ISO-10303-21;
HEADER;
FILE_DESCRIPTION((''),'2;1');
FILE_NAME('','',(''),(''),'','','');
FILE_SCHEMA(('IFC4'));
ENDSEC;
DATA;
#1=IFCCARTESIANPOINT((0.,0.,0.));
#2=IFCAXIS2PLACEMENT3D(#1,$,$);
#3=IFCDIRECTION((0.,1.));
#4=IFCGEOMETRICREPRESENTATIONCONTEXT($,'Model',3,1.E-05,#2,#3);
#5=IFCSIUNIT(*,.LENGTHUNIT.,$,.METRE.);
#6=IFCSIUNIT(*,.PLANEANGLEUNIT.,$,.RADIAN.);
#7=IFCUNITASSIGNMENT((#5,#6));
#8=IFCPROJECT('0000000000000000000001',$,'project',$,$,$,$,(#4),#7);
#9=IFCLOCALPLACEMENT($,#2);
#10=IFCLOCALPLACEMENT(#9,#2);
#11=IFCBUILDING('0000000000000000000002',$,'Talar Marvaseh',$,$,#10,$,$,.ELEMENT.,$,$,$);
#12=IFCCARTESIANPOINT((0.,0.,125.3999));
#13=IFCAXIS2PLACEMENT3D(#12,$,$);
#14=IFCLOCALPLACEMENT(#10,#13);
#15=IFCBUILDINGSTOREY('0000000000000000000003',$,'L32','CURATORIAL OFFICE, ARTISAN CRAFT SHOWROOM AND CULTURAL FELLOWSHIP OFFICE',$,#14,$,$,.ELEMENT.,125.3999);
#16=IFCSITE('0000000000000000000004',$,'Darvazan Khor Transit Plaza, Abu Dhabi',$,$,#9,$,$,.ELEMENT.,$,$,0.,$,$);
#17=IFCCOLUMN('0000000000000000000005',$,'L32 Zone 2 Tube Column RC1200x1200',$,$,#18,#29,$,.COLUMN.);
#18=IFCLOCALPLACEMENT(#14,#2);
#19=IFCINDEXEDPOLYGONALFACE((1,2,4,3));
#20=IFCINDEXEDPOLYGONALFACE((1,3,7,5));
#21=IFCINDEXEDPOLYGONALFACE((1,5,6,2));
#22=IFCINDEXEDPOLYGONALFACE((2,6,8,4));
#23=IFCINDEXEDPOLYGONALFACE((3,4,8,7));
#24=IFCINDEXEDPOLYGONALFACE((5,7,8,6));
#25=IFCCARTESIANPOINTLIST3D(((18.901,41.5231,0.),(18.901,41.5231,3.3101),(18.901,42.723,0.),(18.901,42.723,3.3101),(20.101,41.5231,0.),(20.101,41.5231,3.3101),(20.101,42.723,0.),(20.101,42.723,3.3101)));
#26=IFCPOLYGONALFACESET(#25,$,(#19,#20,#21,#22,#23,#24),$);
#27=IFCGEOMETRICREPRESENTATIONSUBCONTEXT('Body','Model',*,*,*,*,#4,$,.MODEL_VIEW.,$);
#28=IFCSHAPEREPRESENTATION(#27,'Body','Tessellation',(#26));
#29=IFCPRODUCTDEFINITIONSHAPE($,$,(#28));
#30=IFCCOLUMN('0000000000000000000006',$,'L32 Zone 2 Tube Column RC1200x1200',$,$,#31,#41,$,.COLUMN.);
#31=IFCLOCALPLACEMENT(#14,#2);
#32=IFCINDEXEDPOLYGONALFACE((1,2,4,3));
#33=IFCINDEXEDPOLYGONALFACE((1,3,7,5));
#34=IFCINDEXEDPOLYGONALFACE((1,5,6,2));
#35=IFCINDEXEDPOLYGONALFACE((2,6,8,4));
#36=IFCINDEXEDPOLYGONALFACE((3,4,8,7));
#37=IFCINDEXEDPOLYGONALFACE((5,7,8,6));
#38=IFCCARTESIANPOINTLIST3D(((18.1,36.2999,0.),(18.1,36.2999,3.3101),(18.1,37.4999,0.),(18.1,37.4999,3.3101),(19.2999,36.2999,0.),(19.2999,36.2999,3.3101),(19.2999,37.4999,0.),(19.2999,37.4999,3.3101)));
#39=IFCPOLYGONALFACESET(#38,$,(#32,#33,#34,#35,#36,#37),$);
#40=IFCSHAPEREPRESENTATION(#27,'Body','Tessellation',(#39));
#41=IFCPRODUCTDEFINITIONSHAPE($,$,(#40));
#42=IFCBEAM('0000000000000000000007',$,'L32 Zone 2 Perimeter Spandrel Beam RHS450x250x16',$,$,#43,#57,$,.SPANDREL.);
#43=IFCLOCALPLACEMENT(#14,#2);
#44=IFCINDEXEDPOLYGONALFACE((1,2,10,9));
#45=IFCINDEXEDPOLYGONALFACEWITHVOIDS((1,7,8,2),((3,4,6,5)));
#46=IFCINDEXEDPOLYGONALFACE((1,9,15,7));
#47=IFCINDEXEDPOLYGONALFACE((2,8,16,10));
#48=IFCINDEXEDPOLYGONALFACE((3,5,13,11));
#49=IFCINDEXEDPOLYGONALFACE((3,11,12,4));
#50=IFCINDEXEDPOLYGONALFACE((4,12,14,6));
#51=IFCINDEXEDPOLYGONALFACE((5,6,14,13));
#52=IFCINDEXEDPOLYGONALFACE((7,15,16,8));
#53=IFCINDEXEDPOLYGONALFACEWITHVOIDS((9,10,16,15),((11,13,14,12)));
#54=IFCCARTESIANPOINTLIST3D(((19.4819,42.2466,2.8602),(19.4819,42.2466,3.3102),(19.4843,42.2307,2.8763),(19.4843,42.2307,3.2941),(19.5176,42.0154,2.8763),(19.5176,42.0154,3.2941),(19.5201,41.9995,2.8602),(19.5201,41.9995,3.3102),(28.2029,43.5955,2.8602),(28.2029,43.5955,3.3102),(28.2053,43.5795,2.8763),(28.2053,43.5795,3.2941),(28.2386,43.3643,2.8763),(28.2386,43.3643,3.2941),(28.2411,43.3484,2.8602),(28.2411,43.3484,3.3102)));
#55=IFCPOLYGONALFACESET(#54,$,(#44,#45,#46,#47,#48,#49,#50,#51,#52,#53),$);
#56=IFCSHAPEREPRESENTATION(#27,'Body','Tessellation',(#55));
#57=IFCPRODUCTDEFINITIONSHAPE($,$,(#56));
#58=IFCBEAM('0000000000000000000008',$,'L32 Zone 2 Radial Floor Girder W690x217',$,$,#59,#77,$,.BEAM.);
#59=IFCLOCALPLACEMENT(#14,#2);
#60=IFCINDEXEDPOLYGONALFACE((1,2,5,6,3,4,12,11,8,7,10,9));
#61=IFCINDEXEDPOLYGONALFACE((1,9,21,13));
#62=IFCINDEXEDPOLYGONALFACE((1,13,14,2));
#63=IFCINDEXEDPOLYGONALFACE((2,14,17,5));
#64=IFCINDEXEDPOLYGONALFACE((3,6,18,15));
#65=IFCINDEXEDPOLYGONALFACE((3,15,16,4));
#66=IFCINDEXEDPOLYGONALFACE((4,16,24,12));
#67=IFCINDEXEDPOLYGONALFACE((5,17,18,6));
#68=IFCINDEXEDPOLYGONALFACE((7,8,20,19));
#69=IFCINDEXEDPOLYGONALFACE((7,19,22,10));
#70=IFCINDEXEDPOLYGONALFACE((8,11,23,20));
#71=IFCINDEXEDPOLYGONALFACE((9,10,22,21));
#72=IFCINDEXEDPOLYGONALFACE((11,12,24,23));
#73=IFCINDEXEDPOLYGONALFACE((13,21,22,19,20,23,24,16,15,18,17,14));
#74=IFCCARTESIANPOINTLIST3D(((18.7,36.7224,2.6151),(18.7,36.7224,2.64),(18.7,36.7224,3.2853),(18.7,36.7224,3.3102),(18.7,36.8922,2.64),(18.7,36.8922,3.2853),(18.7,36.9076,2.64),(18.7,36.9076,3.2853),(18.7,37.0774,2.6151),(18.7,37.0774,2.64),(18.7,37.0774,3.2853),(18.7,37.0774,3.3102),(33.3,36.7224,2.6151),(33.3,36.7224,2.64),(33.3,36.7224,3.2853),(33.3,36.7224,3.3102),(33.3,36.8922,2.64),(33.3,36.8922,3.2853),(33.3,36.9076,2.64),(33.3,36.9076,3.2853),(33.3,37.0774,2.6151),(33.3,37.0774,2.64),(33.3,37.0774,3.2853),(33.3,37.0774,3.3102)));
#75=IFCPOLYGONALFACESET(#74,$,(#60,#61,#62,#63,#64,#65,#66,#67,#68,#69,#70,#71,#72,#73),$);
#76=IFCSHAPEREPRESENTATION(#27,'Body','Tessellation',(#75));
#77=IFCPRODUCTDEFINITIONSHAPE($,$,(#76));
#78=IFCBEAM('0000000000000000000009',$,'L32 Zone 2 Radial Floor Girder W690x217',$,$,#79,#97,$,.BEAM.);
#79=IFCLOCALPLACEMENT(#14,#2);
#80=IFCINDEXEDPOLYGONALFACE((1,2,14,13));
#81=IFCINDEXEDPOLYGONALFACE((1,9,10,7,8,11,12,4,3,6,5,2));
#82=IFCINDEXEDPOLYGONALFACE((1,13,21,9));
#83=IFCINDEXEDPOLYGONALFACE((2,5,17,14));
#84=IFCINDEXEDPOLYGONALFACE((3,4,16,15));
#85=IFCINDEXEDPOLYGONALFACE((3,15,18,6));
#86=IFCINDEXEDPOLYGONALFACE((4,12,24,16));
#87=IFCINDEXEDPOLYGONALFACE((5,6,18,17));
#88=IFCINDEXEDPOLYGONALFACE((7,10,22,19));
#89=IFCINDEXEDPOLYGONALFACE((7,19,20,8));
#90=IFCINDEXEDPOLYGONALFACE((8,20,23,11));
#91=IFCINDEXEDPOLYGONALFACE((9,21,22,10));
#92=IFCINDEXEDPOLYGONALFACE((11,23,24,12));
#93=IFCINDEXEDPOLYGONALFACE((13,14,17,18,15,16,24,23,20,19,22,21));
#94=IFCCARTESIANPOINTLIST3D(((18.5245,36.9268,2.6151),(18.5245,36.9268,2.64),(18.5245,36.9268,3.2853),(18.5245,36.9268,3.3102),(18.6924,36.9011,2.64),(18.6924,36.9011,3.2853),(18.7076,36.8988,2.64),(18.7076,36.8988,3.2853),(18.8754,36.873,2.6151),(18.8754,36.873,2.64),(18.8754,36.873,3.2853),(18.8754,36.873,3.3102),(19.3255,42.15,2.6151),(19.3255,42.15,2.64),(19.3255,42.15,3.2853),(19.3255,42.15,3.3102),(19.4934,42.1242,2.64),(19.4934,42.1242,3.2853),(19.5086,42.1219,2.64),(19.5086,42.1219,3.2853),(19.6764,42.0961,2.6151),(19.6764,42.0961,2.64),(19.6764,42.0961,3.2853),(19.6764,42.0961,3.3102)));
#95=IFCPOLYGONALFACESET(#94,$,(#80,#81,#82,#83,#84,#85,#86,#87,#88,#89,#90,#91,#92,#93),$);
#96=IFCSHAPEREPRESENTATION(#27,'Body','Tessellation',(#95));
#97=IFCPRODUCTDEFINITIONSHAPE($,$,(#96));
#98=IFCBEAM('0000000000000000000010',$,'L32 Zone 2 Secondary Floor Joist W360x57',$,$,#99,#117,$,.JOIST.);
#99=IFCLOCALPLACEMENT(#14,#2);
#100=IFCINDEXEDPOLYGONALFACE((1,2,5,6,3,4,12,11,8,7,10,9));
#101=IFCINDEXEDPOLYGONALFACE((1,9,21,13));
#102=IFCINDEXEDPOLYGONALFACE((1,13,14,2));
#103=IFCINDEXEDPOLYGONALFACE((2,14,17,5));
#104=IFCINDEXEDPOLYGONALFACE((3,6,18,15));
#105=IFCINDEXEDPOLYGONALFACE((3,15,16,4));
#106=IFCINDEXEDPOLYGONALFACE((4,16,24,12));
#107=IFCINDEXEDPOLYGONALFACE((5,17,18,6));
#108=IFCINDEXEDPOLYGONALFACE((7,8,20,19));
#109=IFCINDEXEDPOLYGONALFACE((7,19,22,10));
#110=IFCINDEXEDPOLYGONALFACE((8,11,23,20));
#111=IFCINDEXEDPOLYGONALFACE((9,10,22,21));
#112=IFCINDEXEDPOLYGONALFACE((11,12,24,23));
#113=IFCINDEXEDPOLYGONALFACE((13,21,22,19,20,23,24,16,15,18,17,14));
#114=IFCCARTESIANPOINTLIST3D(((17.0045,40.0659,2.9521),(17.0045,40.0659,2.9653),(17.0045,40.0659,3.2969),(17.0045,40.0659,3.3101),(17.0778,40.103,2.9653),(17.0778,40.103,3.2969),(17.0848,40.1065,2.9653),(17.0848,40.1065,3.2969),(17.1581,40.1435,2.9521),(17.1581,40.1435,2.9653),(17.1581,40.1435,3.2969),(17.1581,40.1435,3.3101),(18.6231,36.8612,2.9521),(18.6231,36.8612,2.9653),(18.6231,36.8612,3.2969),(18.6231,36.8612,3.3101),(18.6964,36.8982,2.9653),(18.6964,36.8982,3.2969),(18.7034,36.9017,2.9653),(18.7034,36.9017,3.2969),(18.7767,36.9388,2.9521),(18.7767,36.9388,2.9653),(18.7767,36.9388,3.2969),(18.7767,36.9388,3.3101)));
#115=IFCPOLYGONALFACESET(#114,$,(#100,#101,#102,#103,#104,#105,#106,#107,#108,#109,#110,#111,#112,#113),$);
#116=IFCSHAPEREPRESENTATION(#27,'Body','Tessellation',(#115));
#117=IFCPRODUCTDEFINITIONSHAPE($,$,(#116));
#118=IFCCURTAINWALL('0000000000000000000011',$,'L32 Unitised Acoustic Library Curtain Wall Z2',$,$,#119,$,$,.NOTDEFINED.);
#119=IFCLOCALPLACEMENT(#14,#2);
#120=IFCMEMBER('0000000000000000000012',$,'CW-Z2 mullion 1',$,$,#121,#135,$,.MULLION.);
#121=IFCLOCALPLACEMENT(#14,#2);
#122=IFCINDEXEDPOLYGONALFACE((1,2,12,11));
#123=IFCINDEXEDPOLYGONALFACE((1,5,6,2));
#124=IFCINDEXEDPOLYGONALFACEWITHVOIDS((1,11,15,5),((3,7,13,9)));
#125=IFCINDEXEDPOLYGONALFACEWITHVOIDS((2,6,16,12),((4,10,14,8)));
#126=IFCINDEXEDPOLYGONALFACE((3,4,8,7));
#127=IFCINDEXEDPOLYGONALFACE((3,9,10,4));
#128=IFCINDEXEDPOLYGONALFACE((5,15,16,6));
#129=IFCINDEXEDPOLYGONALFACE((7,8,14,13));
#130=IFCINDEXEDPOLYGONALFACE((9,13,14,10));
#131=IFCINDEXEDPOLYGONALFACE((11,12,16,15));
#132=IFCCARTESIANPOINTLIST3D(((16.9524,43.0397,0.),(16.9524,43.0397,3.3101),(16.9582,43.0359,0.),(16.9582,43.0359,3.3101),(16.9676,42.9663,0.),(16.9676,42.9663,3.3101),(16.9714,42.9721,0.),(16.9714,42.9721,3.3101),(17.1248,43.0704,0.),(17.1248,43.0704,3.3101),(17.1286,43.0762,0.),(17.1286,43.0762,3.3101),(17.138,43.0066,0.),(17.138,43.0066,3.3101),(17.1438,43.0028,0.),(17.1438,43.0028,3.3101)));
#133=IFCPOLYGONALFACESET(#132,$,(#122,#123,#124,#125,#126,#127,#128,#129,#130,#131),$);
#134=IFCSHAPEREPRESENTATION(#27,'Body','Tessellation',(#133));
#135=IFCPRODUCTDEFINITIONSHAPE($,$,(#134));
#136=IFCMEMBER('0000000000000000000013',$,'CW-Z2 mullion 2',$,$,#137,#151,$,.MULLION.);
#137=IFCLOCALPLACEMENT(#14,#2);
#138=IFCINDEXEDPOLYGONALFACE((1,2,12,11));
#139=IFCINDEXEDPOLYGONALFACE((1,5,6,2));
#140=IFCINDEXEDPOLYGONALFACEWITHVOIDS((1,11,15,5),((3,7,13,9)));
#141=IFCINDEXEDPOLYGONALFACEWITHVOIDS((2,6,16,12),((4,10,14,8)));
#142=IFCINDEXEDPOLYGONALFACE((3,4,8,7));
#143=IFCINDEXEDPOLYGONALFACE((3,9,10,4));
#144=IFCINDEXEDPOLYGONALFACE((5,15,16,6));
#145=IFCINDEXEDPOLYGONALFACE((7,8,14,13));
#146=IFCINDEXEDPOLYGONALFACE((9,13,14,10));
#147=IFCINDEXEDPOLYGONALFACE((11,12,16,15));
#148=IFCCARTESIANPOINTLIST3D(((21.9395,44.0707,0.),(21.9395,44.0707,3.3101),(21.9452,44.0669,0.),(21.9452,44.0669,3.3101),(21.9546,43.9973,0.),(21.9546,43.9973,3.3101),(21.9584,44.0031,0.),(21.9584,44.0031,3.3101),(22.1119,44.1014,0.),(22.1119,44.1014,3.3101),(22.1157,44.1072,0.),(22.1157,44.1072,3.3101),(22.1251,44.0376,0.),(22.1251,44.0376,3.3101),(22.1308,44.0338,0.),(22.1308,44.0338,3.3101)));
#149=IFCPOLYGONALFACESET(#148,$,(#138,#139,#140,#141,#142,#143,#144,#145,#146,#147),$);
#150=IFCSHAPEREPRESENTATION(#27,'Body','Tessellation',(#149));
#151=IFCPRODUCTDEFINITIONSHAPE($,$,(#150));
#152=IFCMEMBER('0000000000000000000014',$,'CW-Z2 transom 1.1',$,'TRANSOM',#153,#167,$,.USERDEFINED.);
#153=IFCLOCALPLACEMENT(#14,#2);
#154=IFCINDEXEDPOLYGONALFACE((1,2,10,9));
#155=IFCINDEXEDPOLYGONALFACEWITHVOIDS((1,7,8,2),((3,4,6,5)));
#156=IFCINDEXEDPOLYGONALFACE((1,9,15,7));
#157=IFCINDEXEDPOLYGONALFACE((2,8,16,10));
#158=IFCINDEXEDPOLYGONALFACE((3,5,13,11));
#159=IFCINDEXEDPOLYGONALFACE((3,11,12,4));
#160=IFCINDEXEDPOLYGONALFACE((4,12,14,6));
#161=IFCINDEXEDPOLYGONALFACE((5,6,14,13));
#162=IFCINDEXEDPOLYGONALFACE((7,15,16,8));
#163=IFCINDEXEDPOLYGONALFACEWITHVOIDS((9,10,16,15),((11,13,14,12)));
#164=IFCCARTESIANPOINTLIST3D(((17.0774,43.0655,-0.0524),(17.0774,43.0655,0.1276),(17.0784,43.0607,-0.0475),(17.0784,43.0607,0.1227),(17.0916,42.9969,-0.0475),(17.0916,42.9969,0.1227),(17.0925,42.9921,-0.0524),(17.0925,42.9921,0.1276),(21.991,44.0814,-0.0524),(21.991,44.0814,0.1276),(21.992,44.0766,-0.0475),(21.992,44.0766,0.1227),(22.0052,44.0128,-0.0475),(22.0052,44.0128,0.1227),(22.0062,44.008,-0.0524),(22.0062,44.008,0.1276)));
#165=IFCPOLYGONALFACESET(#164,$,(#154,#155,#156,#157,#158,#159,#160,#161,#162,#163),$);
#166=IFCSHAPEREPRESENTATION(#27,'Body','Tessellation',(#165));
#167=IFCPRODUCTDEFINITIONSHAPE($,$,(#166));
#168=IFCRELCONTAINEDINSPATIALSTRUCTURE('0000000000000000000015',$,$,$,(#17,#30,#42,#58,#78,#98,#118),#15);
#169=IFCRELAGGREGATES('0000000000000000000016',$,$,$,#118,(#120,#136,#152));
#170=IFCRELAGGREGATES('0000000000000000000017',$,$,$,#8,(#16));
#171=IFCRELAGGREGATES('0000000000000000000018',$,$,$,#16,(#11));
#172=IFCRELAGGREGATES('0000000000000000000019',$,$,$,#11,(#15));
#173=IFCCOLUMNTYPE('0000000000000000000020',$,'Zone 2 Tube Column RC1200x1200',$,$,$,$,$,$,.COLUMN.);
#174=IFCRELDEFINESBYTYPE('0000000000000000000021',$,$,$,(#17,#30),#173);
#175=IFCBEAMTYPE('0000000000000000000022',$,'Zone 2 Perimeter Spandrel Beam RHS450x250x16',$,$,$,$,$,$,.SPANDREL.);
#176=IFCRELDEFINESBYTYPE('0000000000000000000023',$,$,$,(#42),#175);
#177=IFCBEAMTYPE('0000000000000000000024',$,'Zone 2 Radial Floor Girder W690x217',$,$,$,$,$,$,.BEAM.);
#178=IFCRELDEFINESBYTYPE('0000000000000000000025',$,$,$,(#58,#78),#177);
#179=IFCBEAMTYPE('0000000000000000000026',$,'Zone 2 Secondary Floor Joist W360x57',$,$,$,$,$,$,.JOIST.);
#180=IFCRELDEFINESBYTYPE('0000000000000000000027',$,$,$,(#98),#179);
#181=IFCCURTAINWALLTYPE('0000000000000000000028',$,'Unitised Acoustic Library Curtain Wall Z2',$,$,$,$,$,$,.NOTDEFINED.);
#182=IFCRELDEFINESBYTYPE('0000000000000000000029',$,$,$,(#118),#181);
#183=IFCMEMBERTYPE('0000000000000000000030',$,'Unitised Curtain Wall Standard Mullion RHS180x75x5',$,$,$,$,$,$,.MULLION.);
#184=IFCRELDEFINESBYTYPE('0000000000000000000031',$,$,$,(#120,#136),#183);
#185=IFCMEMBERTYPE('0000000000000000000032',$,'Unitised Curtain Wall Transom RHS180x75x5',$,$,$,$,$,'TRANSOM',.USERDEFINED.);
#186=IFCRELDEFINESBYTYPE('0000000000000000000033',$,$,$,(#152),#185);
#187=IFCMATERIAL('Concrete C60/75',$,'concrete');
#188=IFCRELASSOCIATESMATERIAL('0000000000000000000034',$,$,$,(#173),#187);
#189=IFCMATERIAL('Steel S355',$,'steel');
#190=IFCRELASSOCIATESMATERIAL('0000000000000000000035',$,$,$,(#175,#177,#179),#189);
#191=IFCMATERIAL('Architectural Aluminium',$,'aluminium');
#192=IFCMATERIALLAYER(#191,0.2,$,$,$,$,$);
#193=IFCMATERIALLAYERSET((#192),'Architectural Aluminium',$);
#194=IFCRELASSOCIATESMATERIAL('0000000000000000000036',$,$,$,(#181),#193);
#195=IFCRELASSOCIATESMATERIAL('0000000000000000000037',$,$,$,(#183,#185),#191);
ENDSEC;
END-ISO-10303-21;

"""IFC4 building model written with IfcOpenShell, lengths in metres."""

from ifc_helpers import new_model, si_unit, direction, frame, origin, origin_2d, place, context, subcontext, project, spatial, rectangle, hollow_rectangle, i_section, extrude, source, transform, mapped, material, layer, layer_set, material_profile, profile_set, type_object, type_shapes, element, aggregate, save


model = new_model("IFC4")

# Units and contexts
model_context = context("Model", 3, precision=1e-05, world=origin(), true_north=direction((0.0, 1.0)))
body_context = subcontext(model_context, "Body", "Model", "MODEL_VIEW")
ifc_project = project(units=[si_unit("LENGTHUNIT", "METRE"), si_unit("PLANEANGLEUNIT", "RADIAN")], contexts=[model_context])

# Site, building, storey
site_placement = place(None, origin())
site = spatial("IfcSite", under=ifc_project, at=site_placement, Name="Darvazan Khor Transit Plaza, Abu Dhabi", CompositionType="ELEMENT", RefElevation=0.0)
building_placement = place(site_placement, origin())
building = spatial("IfcBuilding", under=site, at=building_placement, Name="Talar Marvaseh", CompositionType="ELEMENT")
storey_placement = place(building_placement, frame((0.0, 0.0, 125.3999)))
storey = spatial("IfcBuildingStorey", under=building, at=storey_placement, Name="L32", Description="CURATORIAL OFFICE, ARTISAN CRAFT SHOWROOM AND CULTURAL FELLOWSHIP OFFICE", CompositionType="ELEMENT", Elevation=125.3999)

# Columns
ifc_material_1 = material(Name="Concrete C60/75", Category="concrete")
ifc_material_profile_1 = material_profile(ifc_material_1, rectangle(XDim=1.2, YDim=1.2, at=origin_2d()), Name="RC1200x1200")
ifc_profile_set_1 = profile_set([ifc_material_profile_1], Name="Concrete C60/75")
column_type = type_object("IfcColumnType", Name="Zone 2 Tube Column RC1200x1200", PredefinedType="COLUMN", material=ifc_profile_set_1)
for number, where, z_axis, x_axis, name in (
    (1, (19.501, 42.123, 0.0), (0.0, 0.0, 1.0), (1.0, 0.0, 0.0), "L32 Zone 2 Tube Column RC1200x1200"),
    (2, (18.7, 36.8999, 0.0), (0.0, 0.0, 1.0), (1.0, 0.0, 0.0), "L32 Zone 2 Tube Column RC1200x1200"),
):
    element("IfcColumn", number, at=place(storey_placement, frame(where, z_axis=z_axis, x_axis=x_axis)), inside=storey, type_object=column_type, Name=name, PredefinedType="COLUMN", context=body_context, shape_type="SweptSolid", body=[
        extrude(rectangle(XDim=1.2, YDim=1.2, at=origin_2d()), origin(), (0.0, 0.0, 1.0), 3.3101),
    ])

# Beams
ifc_material_2 = material(Name="Steel S355", Category="steel")
ifc_material_profile_2 = material_profile(ifc_material_2, hollow_rectangle(XDim=0.25, YDim=0.45, WallThickness=0.0161, at=origin_2d()), Name="RHS450x250x16")
ifc_profile_set_2 = profile_set([ifc_material_profile_2], Name="Steel S355")
beam_type_1 = type_object("IfcBeamType", Name="Zone 2 Perimeter Spandrel Beam RHS450x250x16", PredefinedType="SPANDREL", material=ifc_profile_set_2)
beam_1_placement = place(storey_placement, frame((19.501, 42.123, 3.0852), z_axis=(0.988249, 0.152853, 0.0), x_axis=(-0.152853, 0.988249, 0.0)))
element("IfcBeam", 3, at=beam_1_placement, inside=storey, type_object=beam_type_1, Name="L32 Zone 2 Perimeter Spandrel Beam RHS450x250x16", PredefinedType="SPANDREL", context=body_context, shape_type="SweptSolid", body=[
    extrude(hollow_rectangle(XDim=0.25, YDim=0.45, WallThickness=0.0161, at=origin_2d()), origin(), (0.0, 0.0, 1.0), 8.8247),
])
ifc_material_profile_3 = material_profile(ifc_material_2, i_section(OverallWidth=0.355, OverallDepth=0.6951, WebThickness=0.0154, FlangeThickness=0.0249, at=origin_2d()), Name="W690x217")
ifc_profile_set_3 = profile_set([ifc_material_profile_3], Name="Steel S355")
beam_type_2 = type_object("IfcBeamType", Name="Zone 2 Radial Floor Girder W690x217", PredefinedType="BEAM", material=ifc_profile_set_3)
beam_2_placement = place(storey_placement, frame((18.7, 36.8999, 2.9626), z_axis=(1.0, 0.0, 0.0), x_axis=(0.0, 1.0, 0.0)))
element("IfcBeam", 4, at=beam_2_placement, inside=storey, type_object=beam_type_2, Name="L32 Zone 2 Radial Floor Girder W690x217", PredefinedType="BEAM", context=body_context, shape_type="SweptSolid", body=[
    extrude(i_section(OverallWidth=0.355, OverallDepth=0.6951, WebThickness=0.0154, FlangeThickness=0.0249, at=origin_2d()), origin(), (0.0, 0.0, 1.0), 14.6001),
])
beam_3_placement = place(storey_placement, frame((19.501, 42.123, 2.9626), z_axis=(-0.151588, -0.988444, 0.0), x_axis=(0.988444, -0.151588, 0.0)))
element("IfcBeam", 5, at=beam_3_placement, inside=storey, type_object=beam_type_2, Name="L32 Zone 2 Radial Floor Girder W690x217", PredefinedType="BEAM", context=body_context, shape_type="SweptSolid", body=[
    extrude(i_section(OverallWidth=0.355, OverallDepth=0.6951, WebThickness=0.0154, FlangeThickness=0.0249, at=origin_2d()), origin(), (0.0, 0.0, 1.0), 5.2842),
])
ifc_material_profile_4 = material_profile(ifc_material_2, i_section(OverallWidth=0.1721, OverallDepth=0.3579, WebThickness=0.0078, FlangeThickness=0.0132, at=origin_2d()), Name="W360x57")
ifc_profile_set_4 = profile_set([ifc_material_profile_4], Name="Steel S355")
beam_type_3 = type_object("IfcBeamType", Name="Zone 2 Secondary Floor Joist W360x57", PredefinedType="JOIST", material=ifc_profile_set_4)
beam_4_placement = place(storey_placement, frame((17.0813, 40.1047, 3.1311), z_axis=(0.450827, -0.892611, 0.0), x_axis=(0.892611, 0.450827, 0.0)))
element("IfcBeam", 6, at=beam_4_placement, inside=storey, type_object=beam_type_3, Name="L32 Zone 2 Secondary Floor Joist W360x57", PredefinedType="JOIST", context=body_context, shape_type="SweptSolid", body=[
    extrude(i_section(OverallWidth=0.1721, OverallDepth=0.3579, WebThickness=0.0078, FlangeThickness=0.0132, at=origin_2d()), origin(), (0.0, 0.0, 1.0), 3.5903),
])

# Curtain wall, members
ifc_material_3 = material(Name="Architectural Aluminium", Category="aluminium")
ifc_layer_1 = layer(ifc_material_3, 0.2)
ifc_layer_set_1 = layer_set([ifc_layer_1], Name="Architectural Aluminium")
curtain_wall_type = type_object("IfcCurtainWallType", Name="Unitised Acoustic Library Curtain Wall Z2", PredefinedType="NOTDEFINED", material=ifc_layer_set_1)
curtain_wall_placement = place(storey_placement, origin())
curtain_wall = element("IfcCurtainWall", 7, at=curtain_wall_placement, inside=storey, type_object=curtain_wall_type, Name="L32 Unitised Acoustic Library Curtain Wall Z2", PredefinedType="NOTDEFINED")
ifc_material_profile_5 = material_profile(ifc_material_3, hollow_rectangle(XDim=0.075, YDim=0.1799, WallThickness=0.0049, at=origin_2d()), Name="RHS180x75x5")
ifc_profile_set_5 = profile_set([ifc_material_profile_5], Name="Architectural Aluminium")
member_type_1 = type_object("IfcMemberType", Name="Unitised Curtain Wall Standard Mullion RHS180x75x5", PredefinedType="MULLION", material=ifc_profile_set_5)
shared_shape_1 = source(origin(), body_context, "Body", "SweptSolid", [
    extrude(hollow_rectangle(XDim=0.075, YDim=0.1799, WallThickness=0.0049, at=origin_2d()), origin(), (0.0, 0.0, 1.0), 3.3101),
])
type_shapes(member_type_1, [shared_shape_1])
member_1_placement = place(storey_placement, frame((17.0481, 43.0212, 0.0), z_axis=(0.0, 0.0, 1.0), x_axis=(-0.20248, 0.979286, 0.0)))
member_1 = element("IfcMember", 8, at=member_1_placement, type_object=member_type_1, Name="CW-Z2 mullion 1", PredefinedType="MULLION", context=body_context, shape_type="MappedRepresentation", body=[
    mapped(shared_shape_1, transform((0.0, 0.0, 0.0), x_axis=(1.0, 0.0, 0.0), y_axis=(0.0, 1.0, 0.0), z_axis=(0.0, 0.0, 1.0), scale=1.0)),
])
member_2_placement = place(storey_placement, frame((22.0352, 44.0522, 0.0), z_axis=(0.0, 0.0, 1.0), x_axis=(-0.20248, 0.979286, 0.0)))
member_2 = element("IfcMember", 9, at=member_2_placement, type_object=member_type_1, Name="CW-Z2 mullion 2", PredefinedType="MULLION", context=body_context, shape_type="MappedRepresentation", body=[
    mapped(shared_shape_1, transform((0.0, 0.0, 0.0), x_axis=(1.0, 0.0, 0.0), y_axis=(0.0, 1.0, 0.0), z_axis=(0.0, 0.0, 1.0), scale=1.0)),
])
ifc_material_profile_6 = material_profile(ifc_material_3, hollow_rectangle(XDim=0.075, YDim=0.1799, WallThickness=0.0049, at=origin_2d()), Name="RHS180x75x5")
ifc_profile_set_6 = profile_set([ifc_material_profile_6], Name="Architectural Aluminium")
member_type_2 = type_object("IfcMemberType", Name="Unitised Curtain Wall Transom RHS180x75x5", ElementType="TRANSOM", PredefinedType="USERDEFINED", material=ifc_profile_set_6)
shared_shape_2 = source(origin(), body_context, "Body", "SweptSolid", [
    extrude(hollow_rectangle(XDim=0.075, YDim=0.1799, WallThickness=0.0049, at=origin_2d()), origin(), (0.0, 0.0, 1.0), 5.0176),
])
type_shapes(member_type_2, [shared_shape_2])
member_3_placement = place(storey_placement, frame((17.085, 43.0288, 0.0376), z_axis=(0.979289, 0.202466, 0.0), x_axis=(-0.202466, 0.979289, 0.0)))
member_3 = element("IfcMember", 10, at=member_3_placement, type_object=member_type_2, Name="CW-Z2 transom 1.1", ObjectType="TRANSOM", PredefinedType="USERDEFINED", context=body_context, shape_type="MappedRepresentation", body=[
    mapped(shared_shape_2, transform((0.0, 0.0, 0.0), x_axis=(1.0, 0.0, 0.0), y_axis=(0.0, 1.0, 0.0), z_axis=(0.0, 0.0, 1.0), scale=1.0)),
])
aggregate(curtain_wall, [member_1, member_2, member_3])

save(model, "model.ifc")
